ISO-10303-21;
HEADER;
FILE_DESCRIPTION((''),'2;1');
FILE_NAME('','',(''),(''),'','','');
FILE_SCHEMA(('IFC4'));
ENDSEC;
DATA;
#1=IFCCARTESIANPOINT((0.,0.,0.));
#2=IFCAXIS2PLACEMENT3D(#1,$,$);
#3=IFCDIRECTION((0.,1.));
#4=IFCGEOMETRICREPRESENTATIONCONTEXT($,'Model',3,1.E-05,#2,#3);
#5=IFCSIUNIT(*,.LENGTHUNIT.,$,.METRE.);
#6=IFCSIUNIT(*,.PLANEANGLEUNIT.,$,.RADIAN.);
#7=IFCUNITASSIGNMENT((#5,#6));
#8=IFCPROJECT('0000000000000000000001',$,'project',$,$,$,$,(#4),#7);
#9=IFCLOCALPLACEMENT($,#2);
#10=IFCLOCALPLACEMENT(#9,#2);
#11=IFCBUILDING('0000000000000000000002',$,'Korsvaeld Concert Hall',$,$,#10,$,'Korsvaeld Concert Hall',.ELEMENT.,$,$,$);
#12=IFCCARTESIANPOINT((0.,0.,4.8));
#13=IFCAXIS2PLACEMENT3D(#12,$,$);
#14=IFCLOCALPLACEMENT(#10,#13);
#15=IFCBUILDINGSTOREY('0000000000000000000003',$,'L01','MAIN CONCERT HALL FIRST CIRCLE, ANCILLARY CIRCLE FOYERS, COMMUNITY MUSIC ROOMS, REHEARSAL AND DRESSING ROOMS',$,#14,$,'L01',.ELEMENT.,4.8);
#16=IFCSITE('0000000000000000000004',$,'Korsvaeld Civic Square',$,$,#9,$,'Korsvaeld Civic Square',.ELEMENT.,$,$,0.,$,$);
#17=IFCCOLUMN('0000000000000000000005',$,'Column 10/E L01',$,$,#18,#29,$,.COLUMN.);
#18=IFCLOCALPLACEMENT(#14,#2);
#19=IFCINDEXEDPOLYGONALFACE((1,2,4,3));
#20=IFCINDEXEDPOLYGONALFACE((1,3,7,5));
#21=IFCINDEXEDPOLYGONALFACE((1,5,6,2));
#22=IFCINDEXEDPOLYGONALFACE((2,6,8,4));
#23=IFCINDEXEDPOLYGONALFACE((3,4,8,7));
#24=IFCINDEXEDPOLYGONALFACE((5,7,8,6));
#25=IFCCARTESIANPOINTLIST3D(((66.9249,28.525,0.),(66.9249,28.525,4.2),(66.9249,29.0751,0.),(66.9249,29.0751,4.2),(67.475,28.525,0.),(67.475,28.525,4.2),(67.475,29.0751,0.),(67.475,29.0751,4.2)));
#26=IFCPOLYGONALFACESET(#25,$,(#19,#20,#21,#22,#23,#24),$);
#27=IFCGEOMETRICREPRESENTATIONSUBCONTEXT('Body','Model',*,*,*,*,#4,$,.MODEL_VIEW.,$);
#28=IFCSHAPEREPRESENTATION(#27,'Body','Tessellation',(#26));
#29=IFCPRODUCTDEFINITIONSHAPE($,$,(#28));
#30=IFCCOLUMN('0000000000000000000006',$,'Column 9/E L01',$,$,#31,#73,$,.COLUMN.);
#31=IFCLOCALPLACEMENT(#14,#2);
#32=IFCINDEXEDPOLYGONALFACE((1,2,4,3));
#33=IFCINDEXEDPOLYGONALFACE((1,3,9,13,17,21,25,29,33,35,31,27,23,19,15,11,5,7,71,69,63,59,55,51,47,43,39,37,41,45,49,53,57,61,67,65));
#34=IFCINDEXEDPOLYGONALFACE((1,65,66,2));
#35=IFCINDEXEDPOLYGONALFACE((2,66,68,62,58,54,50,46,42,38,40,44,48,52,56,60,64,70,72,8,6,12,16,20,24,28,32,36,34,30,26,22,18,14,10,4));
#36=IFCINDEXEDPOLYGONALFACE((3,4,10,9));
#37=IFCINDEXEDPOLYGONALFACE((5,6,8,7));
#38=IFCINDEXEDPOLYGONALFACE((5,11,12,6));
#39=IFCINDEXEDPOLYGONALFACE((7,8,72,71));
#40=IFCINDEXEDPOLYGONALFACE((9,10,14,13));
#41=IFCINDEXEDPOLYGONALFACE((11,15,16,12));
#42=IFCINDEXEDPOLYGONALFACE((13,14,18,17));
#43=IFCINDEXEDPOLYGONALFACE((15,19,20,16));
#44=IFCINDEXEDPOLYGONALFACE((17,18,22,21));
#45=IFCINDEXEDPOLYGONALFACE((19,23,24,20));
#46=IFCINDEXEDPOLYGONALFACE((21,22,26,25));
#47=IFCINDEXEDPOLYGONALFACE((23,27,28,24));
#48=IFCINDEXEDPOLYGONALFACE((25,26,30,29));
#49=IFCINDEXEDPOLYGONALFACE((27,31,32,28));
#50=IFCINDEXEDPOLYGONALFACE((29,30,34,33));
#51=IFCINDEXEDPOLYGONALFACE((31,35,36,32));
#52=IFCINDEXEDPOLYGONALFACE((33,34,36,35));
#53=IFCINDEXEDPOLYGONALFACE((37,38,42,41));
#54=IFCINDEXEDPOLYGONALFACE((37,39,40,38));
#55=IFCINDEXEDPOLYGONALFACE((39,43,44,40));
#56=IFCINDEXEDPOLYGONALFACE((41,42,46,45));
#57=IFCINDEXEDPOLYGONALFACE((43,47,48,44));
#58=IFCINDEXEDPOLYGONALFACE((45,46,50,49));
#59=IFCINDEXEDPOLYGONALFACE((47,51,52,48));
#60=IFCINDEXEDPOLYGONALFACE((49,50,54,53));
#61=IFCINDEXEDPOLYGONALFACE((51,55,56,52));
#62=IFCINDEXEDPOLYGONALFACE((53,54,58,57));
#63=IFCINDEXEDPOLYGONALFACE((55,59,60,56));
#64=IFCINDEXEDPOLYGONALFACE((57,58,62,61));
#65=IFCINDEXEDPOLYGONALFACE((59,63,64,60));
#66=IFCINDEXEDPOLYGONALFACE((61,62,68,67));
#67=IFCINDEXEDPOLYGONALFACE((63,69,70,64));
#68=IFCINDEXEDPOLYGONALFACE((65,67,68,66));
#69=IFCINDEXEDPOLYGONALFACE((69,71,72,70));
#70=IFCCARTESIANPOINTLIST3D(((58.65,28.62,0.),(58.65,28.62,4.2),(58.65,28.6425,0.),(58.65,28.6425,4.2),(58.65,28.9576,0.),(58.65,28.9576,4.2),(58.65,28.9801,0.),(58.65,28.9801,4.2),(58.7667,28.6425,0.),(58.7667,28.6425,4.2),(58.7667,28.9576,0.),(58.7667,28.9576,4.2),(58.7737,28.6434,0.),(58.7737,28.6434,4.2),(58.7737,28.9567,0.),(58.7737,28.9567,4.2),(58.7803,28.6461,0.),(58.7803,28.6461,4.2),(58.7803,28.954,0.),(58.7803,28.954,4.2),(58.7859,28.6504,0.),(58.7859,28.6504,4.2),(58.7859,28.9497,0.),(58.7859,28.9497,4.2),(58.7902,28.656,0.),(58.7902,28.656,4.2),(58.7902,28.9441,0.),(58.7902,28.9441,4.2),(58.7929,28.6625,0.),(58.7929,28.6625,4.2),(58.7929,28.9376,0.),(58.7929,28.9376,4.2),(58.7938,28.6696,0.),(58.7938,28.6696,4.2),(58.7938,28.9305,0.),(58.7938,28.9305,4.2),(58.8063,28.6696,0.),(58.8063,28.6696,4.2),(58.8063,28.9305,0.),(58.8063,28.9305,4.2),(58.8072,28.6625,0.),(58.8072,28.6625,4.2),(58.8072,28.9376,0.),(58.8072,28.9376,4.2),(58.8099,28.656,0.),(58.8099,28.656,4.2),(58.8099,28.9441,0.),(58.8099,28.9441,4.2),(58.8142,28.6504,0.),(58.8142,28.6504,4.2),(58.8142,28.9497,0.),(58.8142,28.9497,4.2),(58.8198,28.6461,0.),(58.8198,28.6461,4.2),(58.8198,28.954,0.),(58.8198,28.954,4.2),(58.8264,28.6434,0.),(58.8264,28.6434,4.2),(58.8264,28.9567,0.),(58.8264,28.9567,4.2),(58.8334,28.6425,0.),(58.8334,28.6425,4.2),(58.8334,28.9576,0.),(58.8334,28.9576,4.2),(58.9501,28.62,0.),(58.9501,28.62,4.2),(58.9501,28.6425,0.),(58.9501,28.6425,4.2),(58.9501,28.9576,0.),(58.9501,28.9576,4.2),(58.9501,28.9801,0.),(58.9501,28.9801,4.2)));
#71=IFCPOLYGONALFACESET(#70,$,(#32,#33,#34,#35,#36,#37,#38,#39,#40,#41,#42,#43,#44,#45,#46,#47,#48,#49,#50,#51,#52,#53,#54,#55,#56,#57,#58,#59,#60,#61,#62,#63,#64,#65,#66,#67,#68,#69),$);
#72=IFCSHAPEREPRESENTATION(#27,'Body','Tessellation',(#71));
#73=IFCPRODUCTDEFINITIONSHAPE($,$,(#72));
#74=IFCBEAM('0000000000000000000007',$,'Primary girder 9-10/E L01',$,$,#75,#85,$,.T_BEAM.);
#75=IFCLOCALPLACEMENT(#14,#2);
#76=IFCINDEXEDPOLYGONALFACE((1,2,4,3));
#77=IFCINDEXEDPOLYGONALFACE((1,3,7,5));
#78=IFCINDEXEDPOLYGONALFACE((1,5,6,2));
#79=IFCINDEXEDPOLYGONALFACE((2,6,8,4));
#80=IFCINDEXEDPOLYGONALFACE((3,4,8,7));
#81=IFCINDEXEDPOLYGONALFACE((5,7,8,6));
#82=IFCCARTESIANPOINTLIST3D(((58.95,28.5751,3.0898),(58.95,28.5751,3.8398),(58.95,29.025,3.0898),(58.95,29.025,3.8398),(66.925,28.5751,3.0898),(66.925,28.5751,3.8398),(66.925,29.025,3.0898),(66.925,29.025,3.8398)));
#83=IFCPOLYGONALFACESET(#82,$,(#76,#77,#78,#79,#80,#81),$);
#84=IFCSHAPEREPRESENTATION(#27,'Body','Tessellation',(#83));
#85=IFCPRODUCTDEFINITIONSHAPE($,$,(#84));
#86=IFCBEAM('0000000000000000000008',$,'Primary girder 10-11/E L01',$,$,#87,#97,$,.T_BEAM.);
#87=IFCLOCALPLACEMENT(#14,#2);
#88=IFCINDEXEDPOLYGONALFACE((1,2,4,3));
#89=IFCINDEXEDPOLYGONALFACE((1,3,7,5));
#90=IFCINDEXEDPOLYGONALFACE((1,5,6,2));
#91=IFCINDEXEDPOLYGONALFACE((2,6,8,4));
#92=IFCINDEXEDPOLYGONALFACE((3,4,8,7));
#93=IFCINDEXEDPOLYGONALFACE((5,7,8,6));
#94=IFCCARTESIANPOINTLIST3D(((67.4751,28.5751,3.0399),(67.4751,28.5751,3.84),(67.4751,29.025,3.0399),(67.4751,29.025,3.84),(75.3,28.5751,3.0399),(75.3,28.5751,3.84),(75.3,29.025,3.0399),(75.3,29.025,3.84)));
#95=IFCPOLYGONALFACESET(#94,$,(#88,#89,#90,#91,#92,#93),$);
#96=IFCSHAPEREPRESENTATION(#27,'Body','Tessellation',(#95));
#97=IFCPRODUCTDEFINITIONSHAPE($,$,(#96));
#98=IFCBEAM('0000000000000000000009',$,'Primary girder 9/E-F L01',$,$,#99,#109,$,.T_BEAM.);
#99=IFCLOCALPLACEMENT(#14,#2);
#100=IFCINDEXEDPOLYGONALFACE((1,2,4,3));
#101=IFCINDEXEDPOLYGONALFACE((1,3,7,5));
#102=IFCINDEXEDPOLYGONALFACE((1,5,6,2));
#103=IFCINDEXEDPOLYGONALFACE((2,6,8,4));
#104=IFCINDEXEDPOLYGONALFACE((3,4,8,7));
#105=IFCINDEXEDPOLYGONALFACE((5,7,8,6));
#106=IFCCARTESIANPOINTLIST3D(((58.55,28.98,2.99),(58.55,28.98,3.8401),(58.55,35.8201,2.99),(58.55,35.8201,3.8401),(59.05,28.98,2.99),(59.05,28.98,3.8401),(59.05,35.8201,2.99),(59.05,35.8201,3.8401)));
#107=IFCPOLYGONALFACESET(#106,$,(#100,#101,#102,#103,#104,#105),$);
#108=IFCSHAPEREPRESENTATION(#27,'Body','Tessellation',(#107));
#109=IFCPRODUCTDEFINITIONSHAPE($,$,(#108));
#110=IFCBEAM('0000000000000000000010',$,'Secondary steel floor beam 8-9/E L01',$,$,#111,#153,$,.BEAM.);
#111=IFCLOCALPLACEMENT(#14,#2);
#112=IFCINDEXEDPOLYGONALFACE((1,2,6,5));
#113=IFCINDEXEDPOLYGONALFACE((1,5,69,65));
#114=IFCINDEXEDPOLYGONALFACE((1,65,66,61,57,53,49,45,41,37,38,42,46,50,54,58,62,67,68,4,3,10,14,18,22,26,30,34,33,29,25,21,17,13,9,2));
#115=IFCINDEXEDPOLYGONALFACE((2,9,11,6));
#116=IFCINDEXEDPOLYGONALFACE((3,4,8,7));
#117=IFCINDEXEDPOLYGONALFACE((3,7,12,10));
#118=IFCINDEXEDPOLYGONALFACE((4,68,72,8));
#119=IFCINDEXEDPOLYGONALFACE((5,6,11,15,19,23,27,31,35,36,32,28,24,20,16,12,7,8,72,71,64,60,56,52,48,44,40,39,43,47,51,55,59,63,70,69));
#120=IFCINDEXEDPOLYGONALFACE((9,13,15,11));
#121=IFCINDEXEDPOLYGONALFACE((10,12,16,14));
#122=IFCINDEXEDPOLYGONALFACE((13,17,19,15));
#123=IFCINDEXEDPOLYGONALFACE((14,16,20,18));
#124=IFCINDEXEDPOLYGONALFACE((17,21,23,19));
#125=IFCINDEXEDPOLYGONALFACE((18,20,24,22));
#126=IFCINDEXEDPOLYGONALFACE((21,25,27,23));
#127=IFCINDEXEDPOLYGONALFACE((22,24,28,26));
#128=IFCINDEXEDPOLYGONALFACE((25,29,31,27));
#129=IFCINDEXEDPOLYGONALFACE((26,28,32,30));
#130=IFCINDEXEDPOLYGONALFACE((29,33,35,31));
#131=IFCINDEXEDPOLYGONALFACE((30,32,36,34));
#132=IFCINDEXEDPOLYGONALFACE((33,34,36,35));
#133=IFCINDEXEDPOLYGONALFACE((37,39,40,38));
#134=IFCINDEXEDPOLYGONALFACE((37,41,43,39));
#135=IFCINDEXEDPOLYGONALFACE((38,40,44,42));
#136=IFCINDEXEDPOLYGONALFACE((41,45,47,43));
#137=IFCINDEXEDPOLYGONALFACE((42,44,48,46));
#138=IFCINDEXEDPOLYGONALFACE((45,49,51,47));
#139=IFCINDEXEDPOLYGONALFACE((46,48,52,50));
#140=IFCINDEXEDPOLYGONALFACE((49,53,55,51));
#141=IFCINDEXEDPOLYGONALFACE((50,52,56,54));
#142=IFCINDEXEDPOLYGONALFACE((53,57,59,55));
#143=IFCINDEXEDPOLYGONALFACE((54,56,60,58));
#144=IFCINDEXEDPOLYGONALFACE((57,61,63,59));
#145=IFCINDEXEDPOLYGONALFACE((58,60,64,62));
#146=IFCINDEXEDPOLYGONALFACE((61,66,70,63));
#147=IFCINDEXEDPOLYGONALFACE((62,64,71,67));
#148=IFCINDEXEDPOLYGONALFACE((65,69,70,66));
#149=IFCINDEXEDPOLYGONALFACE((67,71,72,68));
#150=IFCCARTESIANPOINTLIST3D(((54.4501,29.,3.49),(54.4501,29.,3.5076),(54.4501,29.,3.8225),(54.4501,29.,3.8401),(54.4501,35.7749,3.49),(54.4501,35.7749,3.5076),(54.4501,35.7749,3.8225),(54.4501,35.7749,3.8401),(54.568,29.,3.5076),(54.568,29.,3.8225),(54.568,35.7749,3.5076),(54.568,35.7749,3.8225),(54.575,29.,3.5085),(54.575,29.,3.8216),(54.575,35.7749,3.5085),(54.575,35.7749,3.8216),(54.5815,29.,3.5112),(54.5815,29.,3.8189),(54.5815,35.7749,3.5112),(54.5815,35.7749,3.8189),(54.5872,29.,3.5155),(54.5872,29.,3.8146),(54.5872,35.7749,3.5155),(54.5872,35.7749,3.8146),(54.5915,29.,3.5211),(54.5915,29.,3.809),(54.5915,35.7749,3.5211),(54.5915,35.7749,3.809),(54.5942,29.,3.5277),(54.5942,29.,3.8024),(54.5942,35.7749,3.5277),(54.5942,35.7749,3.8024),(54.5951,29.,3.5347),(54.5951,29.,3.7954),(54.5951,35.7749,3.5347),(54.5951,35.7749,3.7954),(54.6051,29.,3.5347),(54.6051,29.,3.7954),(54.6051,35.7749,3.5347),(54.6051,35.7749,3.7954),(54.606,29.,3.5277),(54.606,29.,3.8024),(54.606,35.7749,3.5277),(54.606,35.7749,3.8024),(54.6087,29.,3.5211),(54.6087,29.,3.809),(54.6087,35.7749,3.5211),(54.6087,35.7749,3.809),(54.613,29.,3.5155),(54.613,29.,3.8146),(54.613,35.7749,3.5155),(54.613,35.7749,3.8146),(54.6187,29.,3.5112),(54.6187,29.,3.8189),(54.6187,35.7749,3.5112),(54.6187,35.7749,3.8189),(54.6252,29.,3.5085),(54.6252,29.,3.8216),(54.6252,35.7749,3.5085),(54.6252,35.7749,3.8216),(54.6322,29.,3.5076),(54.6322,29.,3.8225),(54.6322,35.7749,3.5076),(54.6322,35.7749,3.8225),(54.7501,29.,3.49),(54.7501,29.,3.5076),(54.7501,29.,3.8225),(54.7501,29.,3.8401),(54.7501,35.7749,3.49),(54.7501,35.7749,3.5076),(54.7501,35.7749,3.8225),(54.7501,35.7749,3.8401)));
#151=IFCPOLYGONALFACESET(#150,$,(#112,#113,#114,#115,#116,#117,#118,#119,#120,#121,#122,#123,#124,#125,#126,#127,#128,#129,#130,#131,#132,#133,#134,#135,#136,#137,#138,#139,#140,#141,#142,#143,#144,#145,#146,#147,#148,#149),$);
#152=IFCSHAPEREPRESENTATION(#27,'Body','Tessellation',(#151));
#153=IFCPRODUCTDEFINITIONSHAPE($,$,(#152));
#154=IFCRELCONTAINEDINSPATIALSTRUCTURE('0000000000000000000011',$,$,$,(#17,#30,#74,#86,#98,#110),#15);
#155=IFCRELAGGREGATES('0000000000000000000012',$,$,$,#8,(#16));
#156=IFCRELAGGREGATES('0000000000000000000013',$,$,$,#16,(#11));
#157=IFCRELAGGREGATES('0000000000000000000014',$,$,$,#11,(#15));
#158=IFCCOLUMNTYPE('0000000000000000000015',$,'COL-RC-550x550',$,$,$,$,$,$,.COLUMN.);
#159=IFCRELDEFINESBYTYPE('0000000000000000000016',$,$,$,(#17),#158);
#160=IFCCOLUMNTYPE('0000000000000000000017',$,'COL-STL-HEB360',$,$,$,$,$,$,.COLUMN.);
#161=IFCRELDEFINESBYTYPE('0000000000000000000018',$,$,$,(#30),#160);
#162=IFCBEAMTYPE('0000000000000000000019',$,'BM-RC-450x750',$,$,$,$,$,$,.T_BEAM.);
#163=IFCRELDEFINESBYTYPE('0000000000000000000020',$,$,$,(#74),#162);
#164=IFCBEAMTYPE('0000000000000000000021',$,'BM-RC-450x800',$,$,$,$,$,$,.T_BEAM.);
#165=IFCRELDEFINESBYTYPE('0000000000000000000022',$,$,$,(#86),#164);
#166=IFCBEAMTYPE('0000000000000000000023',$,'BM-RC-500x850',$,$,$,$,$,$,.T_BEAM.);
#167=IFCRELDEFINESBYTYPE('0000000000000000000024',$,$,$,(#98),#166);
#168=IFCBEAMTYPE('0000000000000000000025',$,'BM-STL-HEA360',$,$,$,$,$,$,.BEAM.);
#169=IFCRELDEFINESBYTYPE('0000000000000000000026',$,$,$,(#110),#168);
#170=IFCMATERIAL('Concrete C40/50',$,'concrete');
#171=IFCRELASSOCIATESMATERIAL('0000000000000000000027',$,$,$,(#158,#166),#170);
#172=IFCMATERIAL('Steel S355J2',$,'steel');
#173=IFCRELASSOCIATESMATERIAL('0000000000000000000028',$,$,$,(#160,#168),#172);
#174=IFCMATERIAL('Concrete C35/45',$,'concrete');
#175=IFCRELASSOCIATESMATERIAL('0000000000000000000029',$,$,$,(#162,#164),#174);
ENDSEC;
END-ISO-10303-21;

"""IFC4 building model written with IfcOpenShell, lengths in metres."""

from ifc_helpers import new_model, si_unit, direction, frame, origin, origin_2d, place, context, subcontext, project, spatial, rectangle, i_section, extrude, material, material_profile, profile_set, type_object, element, save


model = new_model("IFC4")

# Units and contexts
model_context = context("Model", 3, precision=1e-05, world=origin(), true_north=direction((0.0, 1.0)))
body_context = subcontext(model_context, "Body", "Model", "MODEL_VIEW")
ifc_project = project(units=[si_unit("LENGTHUNIT", "METRE"), si_unit("PLANEANGLEUNIT", "RADIAN")], contexts=[model_context])

# Site, building, storey
site_placement = place(None, origin())
site = spatial("IfcSite", under=ifc_project, at=site_placement, Name="Korsvaeld Civic Square", LongName="Korsvaeld Civic Square", CompositionType="ELEMENT", RefElevation=0.0)
building_placement = place(site_placement, origin())
building = spatial("IfcBuilding", under=site, at=building_placement, Name="Korsvaeld Concert Hall", LongName="Korsvaeld Concert Hall", CompositionType="ELEMENT")
storey_placement = place(building_placement, frame((0.0, 0.0, 4.8)))
storey = spatial("IfcBuildingStorey", under=building, at=storey_placement, Name="L01", Description="MAIN CONCERT HALL FIRST CIRCLE, ANCILLARY CIRCLE FOYERS, COMMUNITY MUSIC ROOMS, REHEARSAL AND DRESSING ROOMS", LongName="L01", CompositionType="ELEMENT", Elevation=4.8)

# Columns
ifc_material_1 = material(Name="Concrete C40/50", Category="concrete")
ifc_material_profile_1 = material_profile(ifc_material_1, rectangle(XDim=0.55, YDim=0.55, at=origin_2d()), Name="RC 550x550")
ifc_profile_set_1 = profile_set([ifc_material_profile_1], Name="Concrete C40/50")
column_type_1 = type_object("IfcColumnType", Name="COL-RC-550x550", PredefinedType="COLUMN", material=ifc_profile_set_1)
column_1_placement = place(storey_placement, frame((67.2, 28.8, 0.0), z_axis=(0.0, 0.0, 1.0), x_axis=(1.0, 0.0, 0.0)))
element("IfcColumn", 1, at=column_1_placement, inside=storey, type_object=column_type_1, Name="Column 10/E L01", PredefinedType="COLUMN", context=body_context, shape_type="SweptSolid", body=[
    extrude(rectangle(XDim=0.55, YDim=0.55, at=origin_2d()), origin(), (0.0, 0.0, 1.0), 4.2),
])
ifc_material_2 = material(Name="Steel S355J2", Category="steel")
ifc_material_profile_2 = material_profile(ifc_material_2, i_section(OverallWidth=0.3, OverallDepth=0.3601, WebThickness=0.0125, FlangeThickness=0.0225, FilletRadius=0.0271, at=origin_2d()), Name="HEB 360")
ifc_profile_set_2 = profile_set([ifc_material_profile_2], Name="Steel S355J2")
column_type_2 = type_object("IfcColumnType", Name="COL-STL-HEB360", PredefinedType="COLUMN", material=ifc_profile_set_2)
column_2_placement = place(storey_placement, frame((58.8, 28.8, 0.0), z_axis=(0.0, 0.0, 1.0), x_axis=(1.0, 0.0, 0.0)))
element("IfcColumn", 2, at=column_2_placement, inside=storey, type_object=column_type_2, Name="Column 9/E L01", PredefinedType="COLUMN", context=body_context, shape_type="SweptSolid", body=[
    extrude(i_section(OverallWidth=0.3, OverallDepth=0.3601, WebThickness=0.0125, FlangeThickness=0.0225, FilletRadius=0.0271, at=origin_2d()), origin(), (0.0, 0.0, 1.0), 4.2),
])

# Beams
ifc_material_3 = material(Name="Concrete C35/45", Category="concrete")
ifc_material_profile_3 = material_profile(ifc_material_3, rectangle(XDim=0.45, YDim=0.75, at=origin_2d()), Name="RC 450x750")
ifc_profile_set_3 = profile_set([ifc_material_profile_3], Name="Concrete C35/45")
beam_type_1 = type_object("IfcBeamType", Name="BM-RC-450x750", PredefinedType="T_BEAM", material=ifc_profile_set_3)
beam_1_placement = place(storey_placement, frame((58.95, 28.8, 3.4648), z_axis=(1.0, 0.0, 0.0), x_axis=(0.0, 1.0, 0.0)))
element("IfcBeam", 3, at=beam_1_placement, inside=storey, type_object=beam_type_1, Name="Primary girder 9-10/E L01", PredefinedType="T_BEAM", context=body_context, shape_type="SweptSolid", body=[
    extrude(rectangle(XDim=0.45, YDim=0.75, at=origin_2d()), origin(), (0.0, 0.0, 1.0), 7.9751),
])
ifc_material_profile_4 = material_profile(ifc_material_3, rectangle(XDim=0.45, YDim=0.8, at=origin_2d()), Name="RC 450x800")
ifc_profile_set_4 = profile_set([ifc_material_profile_4], Name="Concrete C35/45")
beam_type_2 = type_object("IfcBeamType", Name="BM-RC-450x800", PredefinedType="T_BEAM", material=ifc_profile_set_4)
beam_2_placement = place(storey_placement, frame((67.4751, 28.8, 3.4399), z_axis=(1.0, 0.0, 0.0), x_axis=(0.0, 1.0, 0.0)))
element("IfcBeam", 4, at=beam_2_placement, inside=storey, type_object=beam_type_2, Name="Primary girder 10-11/E L01", PredefinedType="T_BEAM", context=body_context, shape_type="SweptSolid", body=[
    extrude(rectangle(XDim=0.45, YDim=0.8, at=origin_2d()), origin(), (0.0, 0.0, 1.0), 7.825),
])
ifc_material_profile_5 = material_profile(ifc_material_1, rectangle(XDim=0.5, YDim=0.8501, at=origin_2d()), Name="RC 500x850")
ifc_profile_set_5 = profile_set([ifc_material_profile_5], Name="Concrete C40/50")
beam_type_3 = type_object("IfcBeamType", Name="BM-RC-500x850", PredefinedType="T_BEAM", material=ifc_profile_set_5)
beam_3_placement = place(storey_placement, frame((58.8, 28.98, 3.415), z_axis=(0.0, 1.0, 0.0), x_axis=(-1.0, 0.0, 0.0)))
element("IfcBeam", 5, at=beam_3_placement, inside=storey, type_object=beam_type_3, Name="Primary girder 9/E-F L01", PredefinedType="T_BEAM", context=body_context, shape_type="SweptSolid", body=[
    extrude(rectangle(XDim=0.5, YDim=0.8501, at=origin_2d()), origin(), (0.0, 0.0, 1.0), 6.8401),
])
ifc_material_profile_6 = material_profile(ifc_material_2, i_section(OverallWidth=0.3, OverallDepth=0.3501, WebThickness=0.01, FlangeThickness=0.0176, FilletRadius=0.0271, at=origin_2d()), Name="HEA 360")
ifc_profile_set_6 = profile_set([ifc_material_profile_6], Name="Steel S355J2")
beam_type_4 = type_object("IfcBeamType", Name="BM-STL-HEA360", PredefinedType="BEAM", material=ifc_profile_set_6)
beam_4_placement = place(storey_placement, frame((54.6001, 29.0, 3.665), z_axis=(0.0, 1.0, 0.0), x_axis=(-1.0, 0.0, 0.0)))
element("IfcBeam", 6, at=beam_4_placement, inside=storey, type_object=beam_type_4, Name="Secondary steel floor beam 8-9/E L01", PredefinedType="BEAM", context=body_context, shape_type="SweptSolid", body=[
    extrude(i_section(OverallWidth=0.3, OverallDepth=0.3501, WebThickness=0.01, FlangeThickness=0.0176, FilletRadius=0.0271, at=origin_2d()), origin(), (0.0, 0.0, 1.0), 6.7749),
])

save(model, "model.ifc")
